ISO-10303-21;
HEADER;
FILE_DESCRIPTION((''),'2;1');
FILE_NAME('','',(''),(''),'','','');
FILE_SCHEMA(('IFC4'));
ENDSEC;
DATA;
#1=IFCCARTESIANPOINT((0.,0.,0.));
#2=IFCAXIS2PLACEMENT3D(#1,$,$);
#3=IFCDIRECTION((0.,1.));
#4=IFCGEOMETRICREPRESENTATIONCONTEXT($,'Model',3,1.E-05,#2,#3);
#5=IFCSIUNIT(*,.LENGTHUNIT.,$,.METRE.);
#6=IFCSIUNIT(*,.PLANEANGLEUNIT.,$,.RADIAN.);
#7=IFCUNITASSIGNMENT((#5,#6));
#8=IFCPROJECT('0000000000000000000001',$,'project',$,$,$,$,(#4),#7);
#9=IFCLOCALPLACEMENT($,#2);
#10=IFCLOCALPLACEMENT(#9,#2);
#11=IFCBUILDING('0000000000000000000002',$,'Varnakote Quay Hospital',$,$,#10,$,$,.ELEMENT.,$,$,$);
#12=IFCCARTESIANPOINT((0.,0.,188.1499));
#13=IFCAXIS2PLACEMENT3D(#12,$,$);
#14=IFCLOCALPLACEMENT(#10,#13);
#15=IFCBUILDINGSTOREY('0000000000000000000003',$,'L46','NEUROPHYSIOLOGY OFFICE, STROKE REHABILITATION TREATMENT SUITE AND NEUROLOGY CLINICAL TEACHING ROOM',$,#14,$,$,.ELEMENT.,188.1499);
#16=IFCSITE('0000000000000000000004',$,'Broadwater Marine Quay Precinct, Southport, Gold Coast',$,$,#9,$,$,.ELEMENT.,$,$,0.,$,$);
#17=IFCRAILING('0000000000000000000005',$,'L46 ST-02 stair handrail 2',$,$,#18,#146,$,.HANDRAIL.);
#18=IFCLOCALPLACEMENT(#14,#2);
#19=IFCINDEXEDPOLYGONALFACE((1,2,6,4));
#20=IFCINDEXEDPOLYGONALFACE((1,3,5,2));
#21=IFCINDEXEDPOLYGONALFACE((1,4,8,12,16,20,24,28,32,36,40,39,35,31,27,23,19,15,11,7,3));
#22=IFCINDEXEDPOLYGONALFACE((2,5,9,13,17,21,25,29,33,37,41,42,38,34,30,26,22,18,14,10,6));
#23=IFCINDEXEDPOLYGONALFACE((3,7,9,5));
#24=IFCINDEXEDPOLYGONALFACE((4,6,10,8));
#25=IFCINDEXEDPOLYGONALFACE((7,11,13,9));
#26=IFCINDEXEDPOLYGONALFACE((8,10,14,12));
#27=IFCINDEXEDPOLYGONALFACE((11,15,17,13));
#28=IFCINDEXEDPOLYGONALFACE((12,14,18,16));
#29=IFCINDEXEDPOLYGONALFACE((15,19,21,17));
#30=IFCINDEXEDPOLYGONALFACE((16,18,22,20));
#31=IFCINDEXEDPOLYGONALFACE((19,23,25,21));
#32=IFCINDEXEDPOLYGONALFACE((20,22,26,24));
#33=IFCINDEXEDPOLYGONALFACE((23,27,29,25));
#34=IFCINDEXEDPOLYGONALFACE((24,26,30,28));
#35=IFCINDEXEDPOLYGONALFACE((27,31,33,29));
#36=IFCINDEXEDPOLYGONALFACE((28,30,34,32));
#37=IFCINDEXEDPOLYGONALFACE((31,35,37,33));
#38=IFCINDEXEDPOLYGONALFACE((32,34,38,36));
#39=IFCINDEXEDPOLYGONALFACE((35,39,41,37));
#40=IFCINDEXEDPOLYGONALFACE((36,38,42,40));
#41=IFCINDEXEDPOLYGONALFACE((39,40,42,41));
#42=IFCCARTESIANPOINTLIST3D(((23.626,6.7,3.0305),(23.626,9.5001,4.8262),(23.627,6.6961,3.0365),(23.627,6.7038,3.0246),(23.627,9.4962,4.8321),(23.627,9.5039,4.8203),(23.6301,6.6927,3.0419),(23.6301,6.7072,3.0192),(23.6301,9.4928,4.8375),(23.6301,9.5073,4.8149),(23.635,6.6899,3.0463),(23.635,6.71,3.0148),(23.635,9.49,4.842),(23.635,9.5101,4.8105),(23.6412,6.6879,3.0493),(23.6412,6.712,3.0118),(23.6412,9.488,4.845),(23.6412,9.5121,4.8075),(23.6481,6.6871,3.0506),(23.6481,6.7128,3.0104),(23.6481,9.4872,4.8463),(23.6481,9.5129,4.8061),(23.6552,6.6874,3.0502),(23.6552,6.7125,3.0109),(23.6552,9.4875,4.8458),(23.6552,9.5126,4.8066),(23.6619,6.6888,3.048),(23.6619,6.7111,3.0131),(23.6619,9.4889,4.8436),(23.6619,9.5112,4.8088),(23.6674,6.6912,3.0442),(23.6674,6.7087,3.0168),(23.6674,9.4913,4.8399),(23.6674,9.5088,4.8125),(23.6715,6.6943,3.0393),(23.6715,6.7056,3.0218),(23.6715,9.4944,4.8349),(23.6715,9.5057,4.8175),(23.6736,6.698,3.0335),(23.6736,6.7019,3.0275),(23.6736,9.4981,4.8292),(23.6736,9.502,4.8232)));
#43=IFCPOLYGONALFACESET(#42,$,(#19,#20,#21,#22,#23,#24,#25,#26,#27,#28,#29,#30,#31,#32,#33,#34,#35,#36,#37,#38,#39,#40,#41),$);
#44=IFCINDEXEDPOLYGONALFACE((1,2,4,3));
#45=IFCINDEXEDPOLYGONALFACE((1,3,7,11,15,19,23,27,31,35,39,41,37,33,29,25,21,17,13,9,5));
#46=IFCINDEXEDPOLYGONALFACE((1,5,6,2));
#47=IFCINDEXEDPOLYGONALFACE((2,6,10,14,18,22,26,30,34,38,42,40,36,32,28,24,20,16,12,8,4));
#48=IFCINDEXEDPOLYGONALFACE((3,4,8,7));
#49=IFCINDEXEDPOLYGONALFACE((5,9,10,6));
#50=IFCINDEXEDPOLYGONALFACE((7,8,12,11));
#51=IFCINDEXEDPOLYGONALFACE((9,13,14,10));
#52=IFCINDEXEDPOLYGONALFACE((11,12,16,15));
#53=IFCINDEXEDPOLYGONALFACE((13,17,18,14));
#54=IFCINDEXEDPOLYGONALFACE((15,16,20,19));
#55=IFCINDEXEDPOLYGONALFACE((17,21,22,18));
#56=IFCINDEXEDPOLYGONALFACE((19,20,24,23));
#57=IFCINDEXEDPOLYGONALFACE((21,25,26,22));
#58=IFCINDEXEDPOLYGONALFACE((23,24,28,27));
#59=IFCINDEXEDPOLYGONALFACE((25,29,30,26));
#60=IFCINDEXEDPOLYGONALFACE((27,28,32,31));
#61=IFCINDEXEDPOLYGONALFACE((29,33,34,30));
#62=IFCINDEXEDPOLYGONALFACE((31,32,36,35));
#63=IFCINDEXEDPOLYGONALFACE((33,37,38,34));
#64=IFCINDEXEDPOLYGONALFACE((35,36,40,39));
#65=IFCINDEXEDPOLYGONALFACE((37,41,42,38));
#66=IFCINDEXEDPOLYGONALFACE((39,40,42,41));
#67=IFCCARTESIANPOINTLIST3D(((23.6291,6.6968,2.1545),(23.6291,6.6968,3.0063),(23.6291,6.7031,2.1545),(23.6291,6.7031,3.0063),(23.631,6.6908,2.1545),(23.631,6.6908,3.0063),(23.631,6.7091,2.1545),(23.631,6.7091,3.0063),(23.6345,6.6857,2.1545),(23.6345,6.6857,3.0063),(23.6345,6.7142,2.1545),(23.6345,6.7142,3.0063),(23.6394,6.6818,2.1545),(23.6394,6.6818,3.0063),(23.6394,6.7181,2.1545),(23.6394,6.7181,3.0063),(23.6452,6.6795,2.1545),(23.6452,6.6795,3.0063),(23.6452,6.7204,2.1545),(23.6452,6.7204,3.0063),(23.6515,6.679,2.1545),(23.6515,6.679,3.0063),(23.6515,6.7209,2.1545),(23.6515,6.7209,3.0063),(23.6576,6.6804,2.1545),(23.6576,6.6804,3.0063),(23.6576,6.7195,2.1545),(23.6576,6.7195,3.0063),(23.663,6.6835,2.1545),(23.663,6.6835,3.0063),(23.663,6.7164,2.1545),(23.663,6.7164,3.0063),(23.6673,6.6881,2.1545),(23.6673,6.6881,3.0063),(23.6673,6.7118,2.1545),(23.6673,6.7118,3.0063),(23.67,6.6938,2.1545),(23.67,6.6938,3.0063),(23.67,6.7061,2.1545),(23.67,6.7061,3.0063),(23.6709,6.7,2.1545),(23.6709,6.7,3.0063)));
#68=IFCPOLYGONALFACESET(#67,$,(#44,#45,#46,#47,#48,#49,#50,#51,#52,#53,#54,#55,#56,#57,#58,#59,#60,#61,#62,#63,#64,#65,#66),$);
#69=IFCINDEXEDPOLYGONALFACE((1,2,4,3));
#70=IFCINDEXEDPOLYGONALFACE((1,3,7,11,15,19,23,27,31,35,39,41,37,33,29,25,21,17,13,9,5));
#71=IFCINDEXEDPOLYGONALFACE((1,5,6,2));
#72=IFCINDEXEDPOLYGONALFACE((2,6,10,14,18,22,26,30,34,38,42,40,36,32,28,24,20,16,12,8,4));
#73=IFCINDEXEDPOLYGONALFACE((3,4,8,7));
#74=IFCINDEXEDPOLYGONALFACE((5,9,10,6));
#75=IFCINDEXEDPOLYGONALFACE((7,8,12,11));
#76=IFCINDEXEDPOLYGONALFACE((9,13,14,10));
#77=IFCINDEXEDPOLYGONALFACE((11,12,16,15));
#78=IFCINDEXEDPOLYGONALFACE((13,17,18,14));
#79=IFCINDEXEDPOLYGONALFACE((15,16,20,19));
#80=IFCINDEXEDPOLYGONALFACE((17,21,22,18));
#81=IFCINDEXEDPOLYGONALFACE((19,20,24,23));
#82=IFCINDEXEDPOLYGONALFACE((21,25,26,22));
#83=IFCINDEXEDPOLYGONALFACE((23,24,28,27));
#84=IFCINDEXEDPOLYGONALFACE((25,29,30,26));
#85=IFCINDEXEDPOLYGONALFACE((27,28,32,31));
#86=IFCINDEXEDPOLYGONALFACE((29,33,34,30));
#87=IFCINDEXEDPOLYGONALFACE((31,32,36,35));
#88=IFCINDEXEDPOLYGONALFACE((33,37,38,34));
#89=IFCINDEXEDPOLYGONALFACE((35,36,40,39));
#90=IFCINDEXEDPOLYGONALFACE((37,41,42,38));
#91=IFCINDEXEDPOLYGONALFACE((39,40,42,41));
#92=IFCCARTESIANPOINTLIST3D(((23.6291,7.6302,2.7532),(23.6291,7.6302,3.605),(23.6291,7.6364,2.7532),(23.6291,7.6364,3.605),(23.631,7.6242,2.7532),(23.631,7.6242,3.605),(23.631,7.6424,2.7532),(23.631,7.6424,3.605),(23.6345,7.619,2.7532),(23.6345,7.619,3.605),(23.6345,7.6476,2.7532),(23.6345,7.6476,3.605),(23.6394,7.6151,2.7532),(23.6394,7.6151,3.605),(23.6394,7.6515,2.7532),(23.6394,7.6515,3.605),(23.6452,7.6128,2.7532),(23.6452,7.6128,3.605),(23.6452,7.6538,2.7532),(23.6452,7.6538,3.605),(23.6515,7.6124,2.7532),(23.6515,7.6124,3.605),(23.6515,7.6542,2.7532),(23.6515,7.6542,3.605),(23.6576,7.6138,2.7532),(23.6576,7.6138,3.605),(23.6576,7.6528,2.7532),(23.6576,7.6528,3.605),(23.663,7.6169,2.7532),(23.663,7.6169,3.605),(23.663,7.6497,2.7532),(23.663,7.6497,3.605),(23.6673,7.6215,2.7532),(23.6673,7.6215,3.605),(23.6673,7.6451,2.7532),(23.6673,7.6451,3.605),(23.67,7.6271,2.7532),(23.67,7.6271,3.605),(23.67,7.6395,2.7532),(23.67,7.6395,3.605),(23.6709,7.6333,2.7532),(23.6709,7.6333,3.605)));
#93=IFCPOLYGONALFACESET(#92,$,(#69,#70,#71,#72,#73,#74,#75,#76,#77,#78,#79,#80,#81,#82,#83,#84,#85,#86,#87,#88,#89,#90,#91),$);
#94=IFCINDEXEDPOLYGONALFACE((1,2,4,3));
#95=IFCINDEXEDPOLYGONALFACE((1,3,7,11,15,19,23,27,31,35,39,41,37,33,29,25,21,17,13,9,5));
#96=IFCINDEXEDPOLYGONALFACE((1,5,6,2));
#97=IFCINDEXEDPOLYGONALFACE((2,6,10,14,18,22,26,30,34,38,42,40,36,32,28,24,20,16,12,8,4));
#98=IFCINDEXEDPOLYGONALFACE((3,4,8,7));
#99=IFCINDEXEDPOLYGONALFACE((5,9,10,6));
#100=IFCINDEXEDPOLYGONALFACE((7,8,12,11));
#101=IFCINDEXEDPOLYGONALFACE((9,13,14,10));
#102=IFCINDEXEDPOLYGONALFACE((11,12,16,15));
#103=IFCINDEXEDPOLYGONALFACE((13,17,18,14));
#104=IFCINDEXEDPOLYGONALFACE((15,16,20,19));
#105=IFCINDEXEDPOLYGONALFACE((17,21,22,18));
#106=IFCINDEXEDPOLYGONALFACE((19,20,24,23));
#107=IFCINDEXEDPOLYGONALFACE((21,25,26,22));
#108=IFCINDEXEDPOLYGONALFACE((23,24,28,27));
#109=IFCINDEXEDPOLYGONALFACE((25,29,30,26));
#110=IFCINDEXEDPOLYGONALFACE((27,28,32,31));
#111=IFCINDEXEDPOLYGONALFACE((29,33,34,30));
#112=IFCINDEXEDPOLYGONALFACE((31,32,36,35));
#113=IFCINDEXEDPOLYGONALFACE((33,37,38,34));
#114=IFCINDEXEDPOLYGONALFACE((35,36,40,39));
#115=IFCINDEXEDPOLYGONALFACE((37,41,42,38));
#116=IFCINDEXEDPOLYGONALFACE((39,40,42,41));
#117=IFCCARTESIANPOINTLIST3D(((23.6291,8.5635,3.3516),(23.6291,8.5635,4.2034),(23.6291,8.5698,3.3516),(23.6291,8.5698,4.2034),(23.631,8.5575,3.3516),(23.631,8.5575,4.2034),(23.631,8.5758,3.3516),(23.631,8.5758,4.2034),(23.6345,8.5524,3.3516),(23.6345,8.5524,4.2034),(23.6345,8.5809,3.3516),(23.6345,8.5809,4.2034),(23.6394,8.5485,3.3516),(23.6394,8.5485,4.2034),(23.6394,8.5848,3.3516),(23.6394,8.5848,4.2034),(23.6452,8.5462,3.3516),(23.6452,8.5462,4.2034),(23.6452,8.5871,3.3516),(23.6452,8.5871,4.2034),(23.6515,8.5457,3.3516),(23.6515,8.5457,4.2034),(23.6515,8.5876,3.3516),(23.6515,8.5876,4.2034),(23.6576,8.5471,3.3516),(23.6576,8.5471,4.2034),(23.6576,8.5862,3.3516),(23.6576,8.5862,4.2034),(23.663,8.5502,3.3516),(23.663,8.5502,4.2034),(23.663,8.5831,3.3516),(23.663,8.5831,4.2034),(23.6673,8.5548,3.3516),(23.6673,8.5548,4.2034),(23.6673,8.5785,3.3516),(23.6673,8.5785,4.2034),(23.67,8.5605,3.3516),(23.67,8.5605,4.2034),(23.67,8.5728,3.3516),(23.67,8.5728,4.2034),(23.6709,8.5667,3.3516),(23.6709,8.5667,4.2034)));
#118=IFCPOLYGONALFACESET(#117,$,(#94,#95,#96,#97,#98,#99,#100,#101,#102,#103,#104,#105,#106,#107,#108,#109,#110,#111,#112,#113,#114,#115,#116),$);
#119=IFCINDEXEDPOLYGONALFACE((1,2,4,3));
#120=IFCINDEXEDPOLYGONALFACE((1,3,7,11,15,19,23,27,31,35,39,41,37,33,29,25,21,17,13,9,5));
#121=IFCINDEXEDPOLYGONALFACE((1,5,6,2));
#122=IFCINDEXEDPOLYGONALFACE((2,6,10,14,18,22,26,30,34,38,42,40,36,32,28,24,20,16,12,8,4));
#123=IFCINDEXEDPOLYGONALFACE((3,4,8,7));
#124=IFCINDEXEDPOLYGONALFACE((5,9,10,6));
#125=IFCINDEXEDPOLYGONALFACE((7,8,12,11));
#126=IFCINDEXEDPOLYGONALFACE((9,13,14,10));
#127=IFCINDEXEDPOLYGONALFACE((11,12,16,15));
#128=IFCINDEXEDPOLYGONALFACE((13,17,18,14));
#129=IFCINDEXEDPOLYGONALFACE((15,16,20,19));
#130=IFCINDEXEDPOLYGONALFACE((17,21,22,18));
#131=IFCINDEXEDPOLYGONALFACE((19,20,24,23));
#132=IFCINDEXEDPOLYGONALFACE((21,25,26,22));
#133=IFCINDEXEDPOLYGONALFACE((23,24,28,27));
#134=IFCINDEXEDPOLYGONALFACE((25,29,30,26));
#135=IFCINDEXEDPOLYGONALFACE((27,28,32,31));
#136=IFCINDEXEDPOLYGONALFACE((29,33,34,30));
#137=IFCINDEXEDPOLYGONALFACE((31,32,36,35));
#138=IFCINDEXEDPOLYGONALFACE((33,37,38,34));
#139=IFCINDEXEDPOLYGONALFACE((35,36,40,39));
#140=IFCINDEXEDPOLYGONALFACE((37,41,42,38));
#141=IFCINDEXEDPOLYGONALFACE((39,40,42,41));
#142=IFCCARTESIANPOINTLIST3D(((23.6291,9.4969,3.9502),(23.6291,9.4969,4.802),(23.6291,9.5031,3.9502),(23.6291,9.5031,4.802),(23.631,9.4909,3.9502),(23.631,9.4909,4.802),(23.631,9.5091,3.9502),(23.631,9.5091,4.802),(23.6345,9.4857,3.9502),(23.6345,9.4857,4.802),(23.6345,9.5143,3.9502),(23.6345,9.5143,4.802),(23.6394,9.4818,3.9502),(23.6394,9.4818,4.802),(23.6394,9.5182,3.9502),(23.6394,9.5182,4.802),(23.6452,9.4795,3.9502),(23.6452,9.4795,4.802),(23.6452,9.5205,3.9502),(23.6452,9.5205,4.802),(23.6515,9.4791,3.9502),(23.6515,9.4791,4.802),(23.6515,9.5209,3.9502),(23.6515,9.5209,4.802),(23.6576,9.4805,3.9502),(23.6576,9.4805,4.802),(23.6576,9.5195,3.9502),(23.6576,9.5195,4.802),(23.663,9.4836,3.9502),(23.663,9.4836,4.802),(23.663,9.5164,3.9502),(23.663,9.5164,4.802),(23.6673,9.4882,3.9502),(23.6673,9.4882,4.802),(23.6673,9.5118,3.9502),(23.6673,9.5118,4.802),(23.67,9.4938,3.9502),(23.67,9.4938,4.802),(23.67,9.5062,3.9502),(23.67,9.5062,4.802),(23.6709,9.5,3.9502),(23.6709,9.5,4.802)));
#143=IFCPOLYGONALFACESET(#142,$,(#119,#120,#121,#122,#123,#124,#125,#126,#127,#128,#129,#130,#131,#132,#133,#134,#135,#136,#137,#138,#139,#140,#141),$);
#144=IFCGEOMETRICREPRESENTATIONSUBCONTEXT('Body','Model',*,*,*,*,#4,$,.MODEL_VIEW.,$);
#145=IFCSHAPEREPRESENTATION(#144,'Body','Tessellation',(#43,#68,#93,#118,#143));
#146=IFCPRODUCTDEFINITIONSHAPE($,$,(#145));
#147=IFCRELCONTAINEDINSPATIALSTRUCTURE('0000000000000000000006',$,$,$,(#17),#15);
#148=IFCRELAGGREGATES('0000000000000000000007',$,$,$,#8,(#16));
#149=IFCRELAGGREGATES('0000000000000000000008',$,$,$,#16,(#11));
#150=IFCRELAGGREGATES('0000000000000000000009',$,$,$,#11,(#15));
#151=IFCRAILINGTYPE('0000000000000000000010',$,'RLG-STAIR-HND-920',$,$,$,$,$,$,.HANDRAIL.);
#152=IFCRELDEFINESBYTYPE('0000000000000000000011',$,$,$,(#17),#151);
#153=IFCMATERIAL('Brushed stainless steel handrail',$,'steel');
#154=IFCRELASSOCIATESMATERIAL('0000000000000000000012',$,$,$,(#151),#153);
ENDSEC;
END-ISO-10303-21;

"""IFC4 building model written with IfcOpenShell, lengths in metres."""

from ifc_helpers import new_model, si_unit, direction, frame, origin, origin_2d, place, context, subcontext, project, spatial, circle, extrude, material, type_object, element, save


model = new_model("IFC4")

# Units and contexts
model_context = context("Model", 3, precision=1e-05, world=origin(), true_north=direction((0.0, 1.0)))
body_context = subcontext(model_context, "Body", "Model", "MODEL_VIEW")
ifc_project = project(units=[si_unit("LENGTHUNIT", "METRE"), si_unit("PLANEANGLEUNIT", "RADIAN")], contexts=[model_context])

# Site, building, storey
site_placement = place(None, origin())
site = spatial("IfcSite", under=ifc_project, at=site_placement, Name="Broadwater Marine Quay Precinct, Southport, Gold Coast", CompositionType="ELEMENT", RefElevation=0.0)
building_placement = place(site_placement, origin())
building = spatial("IfcBuilding", under=site, at=building_placement, Name="Varnakote Quay Hospital", CompositionType="ELEMENT")
storey_placement = place(building_placement, frame((0.0, 0.0, 188.1499)))
storey = spatial("IfcBuildingStorey", under=building, at=storey_placement, Name="L46", Description="NEUROPHYSIOLOGY OFFICE, STROKE REHABILITATION TREATMENT SUITE AND NEUROLOGY CLINICAL TEACHING ROOM", CompositionType="ELEMENT", Elevation=188.1499)

# Railing
ifc_material_1 = material(Name="Brushed stainless steel handrail", Category="steel")
railing_type_1 = type_object("IfcRailingType", Name="RLG-STAIR-HND-920", PredefinedType="HANDRAIL", material=ifc_material_1)
railing_1_placement = place(storey_placement, frame((23.6499, 6.7, 2.1545)))
element("IfcRailing", 1, at=railing_1_placement, inside=storey, type_object=railing_type_1, Name="L46 ST-02 stair handrail 2", PredefinedType="HANDRAIL", context=body_context, shape_type="SweptSolid", body=[
    extrude(circle(Radius=0.0239, at=origin_2d()), frame((0.0, 0.0, 0.876), z_axis=(0.0, 0.841777, 0.539826), x_axis=(-1.0, 0.0, 0.0)), (0.0, 0.0, 1.0), 3.3264),
    extrude(circle(Radius=0.021, at=origin_2d()), origin(), (0.0, 0.0, 1.0), 0.8518),
    extrude(circle(Radius=0.021, at=origin_2d()), frame((0.0, 0.9333, 0.5986)), (0.0, 0.0, 1.0), 0.8518),
    extrude(circle(Radius=0.021, at=origin_2d()), frame((0.0, 1.8667, 1.197)), (0.0, 0.0, 1.0), 0.8518),
    extrude(circle(Radius=0.021, at=origin_2d()), frame((0.0, 2.8, 1.7957)), (0.0, 0.0, 1.0), 0.8518),
])

save(model, "model.ifc")
